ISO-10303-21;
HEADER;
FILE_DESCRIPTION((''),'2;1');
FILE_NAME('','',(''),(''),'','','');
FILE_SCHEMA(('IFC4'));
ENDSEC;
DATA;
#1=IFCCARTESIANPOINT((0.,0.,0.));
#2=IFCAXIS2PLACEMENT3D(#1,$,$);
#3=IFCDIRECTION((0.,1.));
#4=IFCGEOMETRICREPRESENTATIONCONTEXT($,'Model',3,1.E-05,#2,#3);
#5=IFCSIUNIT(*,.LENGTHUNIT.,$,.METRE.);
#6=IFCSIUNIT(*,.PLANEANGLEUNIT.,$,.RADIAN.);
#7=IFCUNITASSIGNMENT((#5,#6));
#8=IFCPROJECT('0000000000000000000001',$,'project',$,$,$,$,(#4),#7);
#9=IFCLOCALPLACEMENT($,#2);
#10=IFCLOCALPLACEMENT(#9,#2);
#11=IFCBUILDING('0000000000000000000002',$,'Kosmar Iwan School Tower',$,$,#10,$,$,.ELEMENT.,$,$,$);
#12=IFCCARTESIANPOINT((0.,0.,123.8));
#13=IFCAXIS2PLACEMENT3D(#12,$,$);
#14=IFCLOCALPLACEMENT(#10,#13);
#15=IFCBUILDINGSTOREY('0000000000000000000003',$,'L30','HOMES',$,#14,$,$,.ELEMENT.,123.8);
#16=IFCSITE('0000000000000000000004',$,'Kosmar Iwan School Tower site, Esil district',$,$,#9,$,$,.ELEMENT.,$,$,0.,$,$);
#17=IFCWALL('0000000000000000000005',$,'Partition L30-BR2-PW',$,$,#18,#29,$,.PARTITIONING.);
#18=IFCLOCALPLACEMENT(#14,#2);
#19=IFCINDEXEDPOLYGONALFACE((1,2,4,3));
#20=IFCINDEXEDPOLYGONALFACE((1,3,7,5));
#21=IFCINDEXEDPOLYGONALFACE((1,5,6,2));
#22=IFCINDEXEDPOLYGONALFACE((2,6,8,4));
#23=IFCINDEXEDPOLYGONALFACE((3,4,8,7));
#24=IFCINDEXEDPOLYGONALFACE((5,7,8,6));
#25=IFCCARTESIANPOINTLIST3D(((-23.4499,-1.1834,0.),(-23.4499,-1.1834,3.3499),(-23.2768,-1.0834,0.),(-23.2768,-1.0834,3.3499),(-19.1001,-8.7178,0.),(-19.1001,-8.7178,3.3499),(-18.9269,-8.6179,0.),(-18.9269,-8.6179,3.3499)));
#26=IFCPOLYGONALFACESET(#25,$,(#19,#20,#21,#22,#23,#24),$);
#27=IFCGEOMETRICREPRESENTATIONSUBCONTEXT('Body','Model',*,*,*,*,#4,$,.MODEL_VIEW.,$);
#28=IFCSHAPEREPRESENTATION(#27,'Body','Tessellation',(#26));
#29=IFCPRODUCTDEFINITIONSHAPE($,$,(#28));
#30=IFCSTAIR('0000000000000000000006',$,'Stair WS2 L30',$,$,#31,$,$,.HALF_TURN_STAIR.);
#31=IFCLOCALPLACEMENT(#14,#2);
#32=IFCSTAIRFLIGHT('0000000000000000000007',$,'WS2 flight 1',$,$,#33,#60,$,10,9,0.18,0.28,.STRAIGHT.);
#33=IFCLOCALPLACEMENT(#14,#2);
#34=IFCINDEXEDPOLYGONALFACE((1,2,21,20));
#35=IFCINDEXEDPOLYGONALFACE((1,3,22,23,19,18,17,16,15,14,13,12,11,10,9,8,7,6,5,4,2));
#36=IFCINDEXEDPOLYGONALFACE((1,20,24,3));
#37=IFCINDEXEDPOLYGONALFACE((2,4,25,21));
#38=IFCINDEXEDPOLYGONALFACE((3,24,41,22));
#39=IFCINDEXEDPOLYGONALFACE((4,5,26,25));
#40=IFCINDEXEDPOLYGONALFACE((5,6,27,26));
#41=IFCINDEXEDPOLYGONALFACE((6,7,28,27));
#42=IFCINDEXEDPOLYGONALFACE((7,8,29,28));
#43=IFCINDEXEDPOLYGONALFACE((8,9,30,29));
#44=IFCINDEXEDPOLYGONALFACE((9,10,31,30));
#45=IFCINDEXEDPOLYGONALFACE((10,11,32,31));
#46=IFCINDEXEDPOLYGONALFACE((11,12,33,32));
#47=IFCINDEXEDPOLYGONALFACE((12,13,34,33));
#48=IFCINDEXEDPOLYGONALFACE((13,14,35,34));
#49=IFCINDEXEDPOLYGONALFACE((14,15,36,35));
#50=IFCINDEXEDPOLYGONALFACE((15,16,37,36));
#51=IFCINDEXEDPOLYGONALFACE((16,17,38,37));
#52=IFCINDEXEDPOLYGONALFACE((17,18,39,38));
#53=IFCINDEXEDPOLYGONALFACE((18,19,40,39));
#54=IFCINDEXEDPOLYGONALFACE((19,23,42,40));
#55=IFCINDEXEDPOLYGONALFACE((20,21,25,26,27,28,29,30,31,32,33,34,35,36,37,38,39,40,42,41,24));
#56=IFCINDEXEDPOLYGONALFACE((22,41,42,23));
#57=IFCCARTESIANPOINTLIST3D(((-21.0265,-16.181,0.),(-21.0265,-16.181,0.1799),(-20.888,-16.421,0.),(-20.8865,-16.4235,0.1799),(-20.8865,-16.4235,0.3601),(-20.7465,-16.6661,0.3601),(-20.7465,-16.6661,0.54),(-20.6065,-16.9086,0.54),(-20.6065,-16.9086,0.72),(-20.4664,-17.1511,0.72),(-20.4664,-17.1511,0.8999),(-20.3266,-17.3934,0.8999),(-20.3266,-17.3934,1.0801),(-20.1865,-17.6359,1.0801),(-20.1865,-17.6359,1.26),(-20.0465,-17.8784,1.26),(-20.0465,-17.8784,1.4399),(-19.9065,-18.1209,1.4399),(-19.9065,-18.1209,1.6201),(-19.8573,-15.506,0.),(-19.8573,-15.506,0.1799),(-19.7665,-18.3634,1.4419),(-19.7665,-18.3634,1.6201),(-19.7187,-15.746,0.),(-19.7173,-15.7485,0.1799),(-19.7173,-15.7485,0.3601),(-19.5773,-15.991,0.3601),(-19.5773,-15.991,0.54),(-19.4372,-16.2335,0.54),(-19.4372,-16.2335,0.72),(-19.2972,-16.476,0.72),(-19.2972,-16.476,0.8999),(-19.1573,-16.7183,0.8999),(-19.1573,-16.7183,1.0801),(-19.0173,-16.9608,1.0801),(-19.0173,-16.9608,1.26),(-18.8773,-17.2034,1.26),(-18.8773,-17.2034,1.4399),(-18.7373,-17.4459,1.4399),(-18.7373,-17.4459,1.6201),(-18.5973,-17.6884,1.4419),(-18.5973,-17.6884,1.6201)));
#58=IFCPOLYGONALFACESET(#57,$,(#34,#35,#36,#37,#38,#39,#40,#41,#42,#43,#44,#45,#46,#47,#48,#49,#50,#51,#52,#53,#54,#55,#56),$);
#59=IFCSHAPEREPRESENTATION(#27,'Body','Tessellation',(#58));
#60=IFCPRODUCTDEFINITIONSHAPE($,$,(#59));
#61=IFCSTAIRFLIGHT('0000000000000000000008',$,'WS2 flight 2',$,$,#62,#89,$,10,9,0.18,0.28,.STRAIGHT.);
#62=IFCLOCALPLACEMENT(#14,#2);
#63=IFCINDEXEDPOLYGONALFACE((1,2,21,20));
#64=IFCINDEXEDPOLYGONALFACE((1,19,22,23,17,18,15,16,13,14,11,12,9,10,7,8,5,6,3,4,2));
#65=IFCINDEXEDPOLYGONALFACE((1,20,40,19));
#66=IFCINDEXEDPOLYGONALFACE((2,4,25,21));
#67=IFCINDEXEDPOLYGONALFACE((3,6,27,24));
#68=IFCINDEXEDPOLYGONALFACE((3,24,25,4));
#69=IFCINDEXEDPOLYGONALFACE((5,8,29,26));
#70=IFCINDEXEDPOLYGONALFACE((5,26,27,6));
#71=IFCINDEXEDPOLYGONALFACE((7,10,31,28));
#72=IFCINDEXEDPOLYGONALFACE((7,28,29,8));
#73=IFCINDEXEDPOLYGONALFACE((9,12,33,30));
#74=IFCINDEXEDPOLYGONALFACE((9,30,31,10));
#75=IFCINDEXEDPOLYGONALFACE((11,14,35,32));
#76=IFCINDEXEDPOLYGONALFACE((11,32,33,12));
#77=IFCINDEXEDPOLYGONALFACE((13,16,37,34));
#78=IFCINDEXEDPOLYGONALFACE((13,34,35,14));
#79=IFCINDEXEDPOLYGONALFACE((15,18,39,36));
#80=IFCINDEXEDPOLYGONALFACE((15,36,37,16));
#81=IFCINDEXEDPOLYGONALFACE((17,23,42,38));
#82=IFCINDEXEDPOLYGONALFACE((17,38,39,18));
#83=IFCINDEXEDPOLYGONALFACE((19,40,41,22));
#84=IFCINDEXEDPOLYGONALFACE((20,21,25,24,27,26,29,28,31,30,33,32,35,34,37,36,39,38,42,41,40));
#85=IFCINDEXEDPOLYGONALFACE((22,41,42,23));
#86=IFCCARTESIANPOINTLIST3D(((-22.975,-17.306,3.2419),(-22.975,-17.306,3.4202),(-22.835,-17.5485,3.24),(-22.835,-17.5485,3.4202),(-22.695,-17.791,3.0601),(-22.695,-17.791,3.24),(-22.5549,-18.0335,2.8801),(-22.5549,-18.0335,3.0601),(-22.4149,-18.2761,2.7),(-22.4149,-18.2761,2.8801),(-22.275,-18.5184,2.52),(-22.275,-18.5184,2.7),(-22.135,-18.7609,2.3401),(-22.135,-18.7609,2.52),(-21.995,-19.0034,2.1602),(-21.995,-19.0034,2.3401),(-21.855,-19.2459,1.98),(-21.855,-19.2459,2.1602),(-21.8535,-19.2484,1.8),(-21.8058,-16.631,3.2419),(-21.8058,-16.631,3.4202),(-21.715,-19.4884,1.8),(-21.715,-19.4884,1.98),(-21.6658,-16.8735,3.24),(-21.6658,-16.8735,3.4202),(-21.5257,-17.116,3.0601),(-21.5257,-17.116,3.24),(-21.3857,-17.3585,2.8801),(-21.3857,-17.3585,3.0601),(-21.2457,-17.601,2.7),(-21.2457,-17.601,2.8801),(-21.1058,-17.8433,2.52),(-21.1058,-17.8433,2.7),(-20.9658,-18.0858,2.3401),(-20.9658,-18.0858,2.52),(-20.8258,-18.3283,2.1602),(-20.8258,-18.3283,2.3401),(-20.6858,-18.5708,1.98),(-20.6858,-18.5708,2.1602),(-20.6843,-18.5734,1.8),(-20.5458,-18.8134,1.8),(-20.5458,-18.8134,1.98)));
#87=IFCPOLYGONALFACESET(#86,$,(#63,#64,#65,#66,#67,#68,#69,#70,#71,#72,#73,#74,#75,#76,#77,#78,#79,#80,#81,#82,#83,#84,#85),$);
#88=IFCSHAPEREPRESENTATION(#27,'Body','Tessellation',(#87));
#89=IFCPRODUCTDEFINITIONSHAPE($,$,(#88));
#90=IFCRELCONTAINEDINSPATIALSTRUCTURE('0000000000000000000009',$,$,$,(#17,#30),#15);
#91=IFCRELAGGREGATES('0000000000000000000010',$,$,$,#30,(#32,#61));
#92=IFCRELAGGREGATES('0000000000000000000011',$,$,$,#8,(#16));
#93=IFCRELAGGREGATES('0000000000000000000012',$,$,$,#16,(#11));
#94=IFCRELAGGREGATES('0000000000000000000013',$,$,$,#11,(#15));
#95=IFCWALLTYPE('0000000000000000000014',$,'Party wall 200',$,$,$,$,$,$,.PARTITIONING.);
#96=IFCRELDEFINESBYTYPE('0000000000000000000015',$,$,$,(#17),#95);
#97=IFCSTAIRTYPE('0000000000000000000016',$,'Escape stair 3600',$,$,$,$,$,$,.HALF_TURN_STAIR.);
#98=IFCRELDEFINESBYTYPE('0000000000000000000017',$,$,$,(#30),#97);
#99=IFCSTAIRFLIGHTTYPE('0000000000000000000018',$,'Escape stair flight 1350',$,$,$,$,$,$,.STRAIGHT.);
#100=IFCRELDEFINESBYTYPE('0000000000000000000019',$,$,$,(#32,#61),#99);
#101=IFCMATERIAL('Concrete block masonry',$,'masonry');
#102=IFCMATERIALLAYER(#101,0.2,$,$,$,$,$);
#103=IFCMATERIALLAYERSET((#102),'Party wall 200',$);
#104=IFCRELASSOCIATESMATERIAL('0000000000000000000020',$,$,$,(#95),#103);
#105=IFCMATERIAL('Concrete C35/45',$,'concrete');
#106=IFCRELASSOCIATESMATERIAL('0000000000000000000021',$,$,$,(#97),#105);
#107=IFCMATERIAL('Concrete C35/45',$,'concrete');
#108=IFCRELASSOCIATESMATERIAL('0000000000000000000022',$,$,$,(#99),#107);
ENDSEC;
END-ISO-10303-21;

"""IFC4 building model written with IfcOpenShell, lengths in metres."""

from ifc_helpers import new_model, si_unit, direction, frame, frame_2d, origin, place, context, subcontext, project, spatial, polyline, rectangle, outline, extrude, material, layer, layer_set, type_object, element, aggregate, save


model = new_model("IFC4")

# Units and contexts
model_context = context("Model", 3, precision=1e-05, world=origin(), true_north=direction((0.0, 1.0)))
body_context = subcontext(model_context, "Body", "Model", "MODEL_VIEW")
ifc_project = project(units=[si_unit("LENGTHUNIT", "METRE"), si_unit("PLANEANGLEUNIT", "RADIAN")], contexts=[model_context])

# Site, building, storey
site_placement = place(None, origin())
site = spatial("IfcSite", under=ifc_project, at=site_placement, Name="Kosmar Iwan School Tower site, Esil district", CompositionType="ELEMENT", RefElevation=0.0)
building_placement = place(site_placement, origin())
building = spatial("IfcBuilding", under=site, at=building_placement, Name="Kosmar Iwan School Tower", CompositionType="ELEMENT")
storey_placement = place(building_placement, frame((0.0, 0.0, 123.8)))
storey = spatial("IfcBuildingStorey", under=building, at=storey_placement, Name="L30", Description="HOMES", CompositionType="ELEMENT", Elevation=123.8)

# Wall
ifc_material_1 = material(Name="Concrete block masonry", Category="masonry")
ifc_layer_1 = layer(ifc_material_1, 0.2)
ifc_layer_set_1 = layer_set([ifc_layer_1], Name="Party wall 200")
wall_type_1 = type_object("IfcWallType", Name="Party wall 200", PredefinedType="PARTITIONING", material=ifc_layer_set_1)
wall_1_placement = place(storey_placement, frame((-19.0134, -8.668, 0.0), z_axis=(0.0, 0.0, 1.0), x_axis=(-0.499987, 0.866033, 0.0)))
element("IfcWall", 1, at=wall_1_placement, inside=storey, type_object=wall_type_1, Name="Partition L30-BR2-PW", PredefinedType="PARTITIONING", context=body_context, shape_type="SweptSolid", body=[
    extrude(rectangle(XDim=8.7, YDim=0.2, at=frame_2d((4.3501, 0.0))), origin(), (0.0, 0.0, 1.0), 3.3499),
])

# Stair, stair flights
ifc_material_2 = material(Name="Concrete C35/45", Category="concrete")
stair_type = type_object("IfcStairType", Name="Escape stair 3600", PredefinedType="HALF_TURN_STAIR", material=ifc_material_2)
stair_placement = place(storey_placement, origin())
stair = element("IfcStair", 2, at=stair_placement, inside=storey, type_object=stair_type, Name="Stair WS2 L30", PredefinedType="HALF_TURN_STAIR")
ifc_material_3 = material(Name="Concrete C35/45", Category="concrete")
stair_flight_type = type_object("IfcStairFlightType", Name="Escape stair flight 1350", PredefinedType="STRAIGHT", material=ifc_material_3)
stair_flight_1_placement = place(storey_placement, frame((-20.4419, -15.8435, 0.0), z_axis=(0.0, 0.0, 1.0), x_axis=(0.5, -0.866025, 0.0)))
stair_flight_1 = element("IfcStairFlight", 3, at=stair_flight_1_placement, type_object=stair_flight_type, Name="WS2 flight 1", NumberOfRisers=10, NumberOfTreads=9, PredefinedType="STRAIGHT", RiserHeight=0.18, TreadLength=0.28, context=body_context, shape_type="SweptSolid", body=[
    extrude(outline(polyline([(0.0, 0.0), (0.0, 0.1799), (0.28, 0.1799), (0.28, 0.3601), (0.5601, 0.3601), (0.5601, 0.54), (0.8401, 0.54), (0.8401, 0.72), (1.1201, 0.72), (1.1201, 0.8999), (1.3999, 0.8999), (1.3999, 1.0801), (1.6799, 1.0801), (1.6799, 1.26), (1.96, 1.26), (1.96, 1.4399), (2.24, 1.4399), (2.24, 1.6201), (2.52, 1.6201), (2.52, 1.8), (2.52, 1.4419), (0.2771, 0.0), (0.0, 0.0)])), frame((0.0, 0.675, 0.0), z_axis=(0.0, -1.0, 0.0), x_axis=(1.0, 0.0, 0.0)), (0.0, 0.0, 1.0), 1.3501),
])
stair_flight_2_placement = place(storey_placement, frame((-21.1304, -19.1509, 1.8), z_axis=(0.0, 0.0, 1.0), x_axis=(-0.5, 0.866025, 0.0)))
stair_flight_2 = element("IfcStairFlight", 4, at=stair_flight_2_placement, type_object=stair_flight_type, Name="WS2 flight 2", NumberOfRisers=10, NumberOfTreads=9, PredefinedType="STRAIGHT", RiserHeight=0.18, TreadLength=0.28, context=body_context, shape_type="SweptSolid", body=[
    extrude(outline(polyline([(0.0, 0.0), (0.0, 0.1799), (0.28, 0.1799), (0.28, 0.3601), (0.5601, 0.3601), (0.5601, 0.54), (0.8401, 0.54), (0.8401, 0.72), (1.1201, 0.72), (1.1201, 0.8999), (1.3999, 0.8999), (1.3999, 1.0801), (1.6799, 1.0801), (1.6799, 1.26), (1.96, 1.26), (1.96, 1.4399), (2.24, 1.4399), (2.24, 1.6201), (2.52, 1.6201), (2.52, 1.8), (2.52, 1.4419), (0.2771, 0.0), (0.0, 0.0)])), frame((0.0, 0.675, 0.0), z_axis=(0.0, -1.0, 0.0), x_axis=(1.0, 0.0, 0.0)), (0.0, 0.0, 1.0), 1.3501),
])
aggregate(stair, [stair_flight_1, stair_flight_2])

save(model, "model.ifc")
